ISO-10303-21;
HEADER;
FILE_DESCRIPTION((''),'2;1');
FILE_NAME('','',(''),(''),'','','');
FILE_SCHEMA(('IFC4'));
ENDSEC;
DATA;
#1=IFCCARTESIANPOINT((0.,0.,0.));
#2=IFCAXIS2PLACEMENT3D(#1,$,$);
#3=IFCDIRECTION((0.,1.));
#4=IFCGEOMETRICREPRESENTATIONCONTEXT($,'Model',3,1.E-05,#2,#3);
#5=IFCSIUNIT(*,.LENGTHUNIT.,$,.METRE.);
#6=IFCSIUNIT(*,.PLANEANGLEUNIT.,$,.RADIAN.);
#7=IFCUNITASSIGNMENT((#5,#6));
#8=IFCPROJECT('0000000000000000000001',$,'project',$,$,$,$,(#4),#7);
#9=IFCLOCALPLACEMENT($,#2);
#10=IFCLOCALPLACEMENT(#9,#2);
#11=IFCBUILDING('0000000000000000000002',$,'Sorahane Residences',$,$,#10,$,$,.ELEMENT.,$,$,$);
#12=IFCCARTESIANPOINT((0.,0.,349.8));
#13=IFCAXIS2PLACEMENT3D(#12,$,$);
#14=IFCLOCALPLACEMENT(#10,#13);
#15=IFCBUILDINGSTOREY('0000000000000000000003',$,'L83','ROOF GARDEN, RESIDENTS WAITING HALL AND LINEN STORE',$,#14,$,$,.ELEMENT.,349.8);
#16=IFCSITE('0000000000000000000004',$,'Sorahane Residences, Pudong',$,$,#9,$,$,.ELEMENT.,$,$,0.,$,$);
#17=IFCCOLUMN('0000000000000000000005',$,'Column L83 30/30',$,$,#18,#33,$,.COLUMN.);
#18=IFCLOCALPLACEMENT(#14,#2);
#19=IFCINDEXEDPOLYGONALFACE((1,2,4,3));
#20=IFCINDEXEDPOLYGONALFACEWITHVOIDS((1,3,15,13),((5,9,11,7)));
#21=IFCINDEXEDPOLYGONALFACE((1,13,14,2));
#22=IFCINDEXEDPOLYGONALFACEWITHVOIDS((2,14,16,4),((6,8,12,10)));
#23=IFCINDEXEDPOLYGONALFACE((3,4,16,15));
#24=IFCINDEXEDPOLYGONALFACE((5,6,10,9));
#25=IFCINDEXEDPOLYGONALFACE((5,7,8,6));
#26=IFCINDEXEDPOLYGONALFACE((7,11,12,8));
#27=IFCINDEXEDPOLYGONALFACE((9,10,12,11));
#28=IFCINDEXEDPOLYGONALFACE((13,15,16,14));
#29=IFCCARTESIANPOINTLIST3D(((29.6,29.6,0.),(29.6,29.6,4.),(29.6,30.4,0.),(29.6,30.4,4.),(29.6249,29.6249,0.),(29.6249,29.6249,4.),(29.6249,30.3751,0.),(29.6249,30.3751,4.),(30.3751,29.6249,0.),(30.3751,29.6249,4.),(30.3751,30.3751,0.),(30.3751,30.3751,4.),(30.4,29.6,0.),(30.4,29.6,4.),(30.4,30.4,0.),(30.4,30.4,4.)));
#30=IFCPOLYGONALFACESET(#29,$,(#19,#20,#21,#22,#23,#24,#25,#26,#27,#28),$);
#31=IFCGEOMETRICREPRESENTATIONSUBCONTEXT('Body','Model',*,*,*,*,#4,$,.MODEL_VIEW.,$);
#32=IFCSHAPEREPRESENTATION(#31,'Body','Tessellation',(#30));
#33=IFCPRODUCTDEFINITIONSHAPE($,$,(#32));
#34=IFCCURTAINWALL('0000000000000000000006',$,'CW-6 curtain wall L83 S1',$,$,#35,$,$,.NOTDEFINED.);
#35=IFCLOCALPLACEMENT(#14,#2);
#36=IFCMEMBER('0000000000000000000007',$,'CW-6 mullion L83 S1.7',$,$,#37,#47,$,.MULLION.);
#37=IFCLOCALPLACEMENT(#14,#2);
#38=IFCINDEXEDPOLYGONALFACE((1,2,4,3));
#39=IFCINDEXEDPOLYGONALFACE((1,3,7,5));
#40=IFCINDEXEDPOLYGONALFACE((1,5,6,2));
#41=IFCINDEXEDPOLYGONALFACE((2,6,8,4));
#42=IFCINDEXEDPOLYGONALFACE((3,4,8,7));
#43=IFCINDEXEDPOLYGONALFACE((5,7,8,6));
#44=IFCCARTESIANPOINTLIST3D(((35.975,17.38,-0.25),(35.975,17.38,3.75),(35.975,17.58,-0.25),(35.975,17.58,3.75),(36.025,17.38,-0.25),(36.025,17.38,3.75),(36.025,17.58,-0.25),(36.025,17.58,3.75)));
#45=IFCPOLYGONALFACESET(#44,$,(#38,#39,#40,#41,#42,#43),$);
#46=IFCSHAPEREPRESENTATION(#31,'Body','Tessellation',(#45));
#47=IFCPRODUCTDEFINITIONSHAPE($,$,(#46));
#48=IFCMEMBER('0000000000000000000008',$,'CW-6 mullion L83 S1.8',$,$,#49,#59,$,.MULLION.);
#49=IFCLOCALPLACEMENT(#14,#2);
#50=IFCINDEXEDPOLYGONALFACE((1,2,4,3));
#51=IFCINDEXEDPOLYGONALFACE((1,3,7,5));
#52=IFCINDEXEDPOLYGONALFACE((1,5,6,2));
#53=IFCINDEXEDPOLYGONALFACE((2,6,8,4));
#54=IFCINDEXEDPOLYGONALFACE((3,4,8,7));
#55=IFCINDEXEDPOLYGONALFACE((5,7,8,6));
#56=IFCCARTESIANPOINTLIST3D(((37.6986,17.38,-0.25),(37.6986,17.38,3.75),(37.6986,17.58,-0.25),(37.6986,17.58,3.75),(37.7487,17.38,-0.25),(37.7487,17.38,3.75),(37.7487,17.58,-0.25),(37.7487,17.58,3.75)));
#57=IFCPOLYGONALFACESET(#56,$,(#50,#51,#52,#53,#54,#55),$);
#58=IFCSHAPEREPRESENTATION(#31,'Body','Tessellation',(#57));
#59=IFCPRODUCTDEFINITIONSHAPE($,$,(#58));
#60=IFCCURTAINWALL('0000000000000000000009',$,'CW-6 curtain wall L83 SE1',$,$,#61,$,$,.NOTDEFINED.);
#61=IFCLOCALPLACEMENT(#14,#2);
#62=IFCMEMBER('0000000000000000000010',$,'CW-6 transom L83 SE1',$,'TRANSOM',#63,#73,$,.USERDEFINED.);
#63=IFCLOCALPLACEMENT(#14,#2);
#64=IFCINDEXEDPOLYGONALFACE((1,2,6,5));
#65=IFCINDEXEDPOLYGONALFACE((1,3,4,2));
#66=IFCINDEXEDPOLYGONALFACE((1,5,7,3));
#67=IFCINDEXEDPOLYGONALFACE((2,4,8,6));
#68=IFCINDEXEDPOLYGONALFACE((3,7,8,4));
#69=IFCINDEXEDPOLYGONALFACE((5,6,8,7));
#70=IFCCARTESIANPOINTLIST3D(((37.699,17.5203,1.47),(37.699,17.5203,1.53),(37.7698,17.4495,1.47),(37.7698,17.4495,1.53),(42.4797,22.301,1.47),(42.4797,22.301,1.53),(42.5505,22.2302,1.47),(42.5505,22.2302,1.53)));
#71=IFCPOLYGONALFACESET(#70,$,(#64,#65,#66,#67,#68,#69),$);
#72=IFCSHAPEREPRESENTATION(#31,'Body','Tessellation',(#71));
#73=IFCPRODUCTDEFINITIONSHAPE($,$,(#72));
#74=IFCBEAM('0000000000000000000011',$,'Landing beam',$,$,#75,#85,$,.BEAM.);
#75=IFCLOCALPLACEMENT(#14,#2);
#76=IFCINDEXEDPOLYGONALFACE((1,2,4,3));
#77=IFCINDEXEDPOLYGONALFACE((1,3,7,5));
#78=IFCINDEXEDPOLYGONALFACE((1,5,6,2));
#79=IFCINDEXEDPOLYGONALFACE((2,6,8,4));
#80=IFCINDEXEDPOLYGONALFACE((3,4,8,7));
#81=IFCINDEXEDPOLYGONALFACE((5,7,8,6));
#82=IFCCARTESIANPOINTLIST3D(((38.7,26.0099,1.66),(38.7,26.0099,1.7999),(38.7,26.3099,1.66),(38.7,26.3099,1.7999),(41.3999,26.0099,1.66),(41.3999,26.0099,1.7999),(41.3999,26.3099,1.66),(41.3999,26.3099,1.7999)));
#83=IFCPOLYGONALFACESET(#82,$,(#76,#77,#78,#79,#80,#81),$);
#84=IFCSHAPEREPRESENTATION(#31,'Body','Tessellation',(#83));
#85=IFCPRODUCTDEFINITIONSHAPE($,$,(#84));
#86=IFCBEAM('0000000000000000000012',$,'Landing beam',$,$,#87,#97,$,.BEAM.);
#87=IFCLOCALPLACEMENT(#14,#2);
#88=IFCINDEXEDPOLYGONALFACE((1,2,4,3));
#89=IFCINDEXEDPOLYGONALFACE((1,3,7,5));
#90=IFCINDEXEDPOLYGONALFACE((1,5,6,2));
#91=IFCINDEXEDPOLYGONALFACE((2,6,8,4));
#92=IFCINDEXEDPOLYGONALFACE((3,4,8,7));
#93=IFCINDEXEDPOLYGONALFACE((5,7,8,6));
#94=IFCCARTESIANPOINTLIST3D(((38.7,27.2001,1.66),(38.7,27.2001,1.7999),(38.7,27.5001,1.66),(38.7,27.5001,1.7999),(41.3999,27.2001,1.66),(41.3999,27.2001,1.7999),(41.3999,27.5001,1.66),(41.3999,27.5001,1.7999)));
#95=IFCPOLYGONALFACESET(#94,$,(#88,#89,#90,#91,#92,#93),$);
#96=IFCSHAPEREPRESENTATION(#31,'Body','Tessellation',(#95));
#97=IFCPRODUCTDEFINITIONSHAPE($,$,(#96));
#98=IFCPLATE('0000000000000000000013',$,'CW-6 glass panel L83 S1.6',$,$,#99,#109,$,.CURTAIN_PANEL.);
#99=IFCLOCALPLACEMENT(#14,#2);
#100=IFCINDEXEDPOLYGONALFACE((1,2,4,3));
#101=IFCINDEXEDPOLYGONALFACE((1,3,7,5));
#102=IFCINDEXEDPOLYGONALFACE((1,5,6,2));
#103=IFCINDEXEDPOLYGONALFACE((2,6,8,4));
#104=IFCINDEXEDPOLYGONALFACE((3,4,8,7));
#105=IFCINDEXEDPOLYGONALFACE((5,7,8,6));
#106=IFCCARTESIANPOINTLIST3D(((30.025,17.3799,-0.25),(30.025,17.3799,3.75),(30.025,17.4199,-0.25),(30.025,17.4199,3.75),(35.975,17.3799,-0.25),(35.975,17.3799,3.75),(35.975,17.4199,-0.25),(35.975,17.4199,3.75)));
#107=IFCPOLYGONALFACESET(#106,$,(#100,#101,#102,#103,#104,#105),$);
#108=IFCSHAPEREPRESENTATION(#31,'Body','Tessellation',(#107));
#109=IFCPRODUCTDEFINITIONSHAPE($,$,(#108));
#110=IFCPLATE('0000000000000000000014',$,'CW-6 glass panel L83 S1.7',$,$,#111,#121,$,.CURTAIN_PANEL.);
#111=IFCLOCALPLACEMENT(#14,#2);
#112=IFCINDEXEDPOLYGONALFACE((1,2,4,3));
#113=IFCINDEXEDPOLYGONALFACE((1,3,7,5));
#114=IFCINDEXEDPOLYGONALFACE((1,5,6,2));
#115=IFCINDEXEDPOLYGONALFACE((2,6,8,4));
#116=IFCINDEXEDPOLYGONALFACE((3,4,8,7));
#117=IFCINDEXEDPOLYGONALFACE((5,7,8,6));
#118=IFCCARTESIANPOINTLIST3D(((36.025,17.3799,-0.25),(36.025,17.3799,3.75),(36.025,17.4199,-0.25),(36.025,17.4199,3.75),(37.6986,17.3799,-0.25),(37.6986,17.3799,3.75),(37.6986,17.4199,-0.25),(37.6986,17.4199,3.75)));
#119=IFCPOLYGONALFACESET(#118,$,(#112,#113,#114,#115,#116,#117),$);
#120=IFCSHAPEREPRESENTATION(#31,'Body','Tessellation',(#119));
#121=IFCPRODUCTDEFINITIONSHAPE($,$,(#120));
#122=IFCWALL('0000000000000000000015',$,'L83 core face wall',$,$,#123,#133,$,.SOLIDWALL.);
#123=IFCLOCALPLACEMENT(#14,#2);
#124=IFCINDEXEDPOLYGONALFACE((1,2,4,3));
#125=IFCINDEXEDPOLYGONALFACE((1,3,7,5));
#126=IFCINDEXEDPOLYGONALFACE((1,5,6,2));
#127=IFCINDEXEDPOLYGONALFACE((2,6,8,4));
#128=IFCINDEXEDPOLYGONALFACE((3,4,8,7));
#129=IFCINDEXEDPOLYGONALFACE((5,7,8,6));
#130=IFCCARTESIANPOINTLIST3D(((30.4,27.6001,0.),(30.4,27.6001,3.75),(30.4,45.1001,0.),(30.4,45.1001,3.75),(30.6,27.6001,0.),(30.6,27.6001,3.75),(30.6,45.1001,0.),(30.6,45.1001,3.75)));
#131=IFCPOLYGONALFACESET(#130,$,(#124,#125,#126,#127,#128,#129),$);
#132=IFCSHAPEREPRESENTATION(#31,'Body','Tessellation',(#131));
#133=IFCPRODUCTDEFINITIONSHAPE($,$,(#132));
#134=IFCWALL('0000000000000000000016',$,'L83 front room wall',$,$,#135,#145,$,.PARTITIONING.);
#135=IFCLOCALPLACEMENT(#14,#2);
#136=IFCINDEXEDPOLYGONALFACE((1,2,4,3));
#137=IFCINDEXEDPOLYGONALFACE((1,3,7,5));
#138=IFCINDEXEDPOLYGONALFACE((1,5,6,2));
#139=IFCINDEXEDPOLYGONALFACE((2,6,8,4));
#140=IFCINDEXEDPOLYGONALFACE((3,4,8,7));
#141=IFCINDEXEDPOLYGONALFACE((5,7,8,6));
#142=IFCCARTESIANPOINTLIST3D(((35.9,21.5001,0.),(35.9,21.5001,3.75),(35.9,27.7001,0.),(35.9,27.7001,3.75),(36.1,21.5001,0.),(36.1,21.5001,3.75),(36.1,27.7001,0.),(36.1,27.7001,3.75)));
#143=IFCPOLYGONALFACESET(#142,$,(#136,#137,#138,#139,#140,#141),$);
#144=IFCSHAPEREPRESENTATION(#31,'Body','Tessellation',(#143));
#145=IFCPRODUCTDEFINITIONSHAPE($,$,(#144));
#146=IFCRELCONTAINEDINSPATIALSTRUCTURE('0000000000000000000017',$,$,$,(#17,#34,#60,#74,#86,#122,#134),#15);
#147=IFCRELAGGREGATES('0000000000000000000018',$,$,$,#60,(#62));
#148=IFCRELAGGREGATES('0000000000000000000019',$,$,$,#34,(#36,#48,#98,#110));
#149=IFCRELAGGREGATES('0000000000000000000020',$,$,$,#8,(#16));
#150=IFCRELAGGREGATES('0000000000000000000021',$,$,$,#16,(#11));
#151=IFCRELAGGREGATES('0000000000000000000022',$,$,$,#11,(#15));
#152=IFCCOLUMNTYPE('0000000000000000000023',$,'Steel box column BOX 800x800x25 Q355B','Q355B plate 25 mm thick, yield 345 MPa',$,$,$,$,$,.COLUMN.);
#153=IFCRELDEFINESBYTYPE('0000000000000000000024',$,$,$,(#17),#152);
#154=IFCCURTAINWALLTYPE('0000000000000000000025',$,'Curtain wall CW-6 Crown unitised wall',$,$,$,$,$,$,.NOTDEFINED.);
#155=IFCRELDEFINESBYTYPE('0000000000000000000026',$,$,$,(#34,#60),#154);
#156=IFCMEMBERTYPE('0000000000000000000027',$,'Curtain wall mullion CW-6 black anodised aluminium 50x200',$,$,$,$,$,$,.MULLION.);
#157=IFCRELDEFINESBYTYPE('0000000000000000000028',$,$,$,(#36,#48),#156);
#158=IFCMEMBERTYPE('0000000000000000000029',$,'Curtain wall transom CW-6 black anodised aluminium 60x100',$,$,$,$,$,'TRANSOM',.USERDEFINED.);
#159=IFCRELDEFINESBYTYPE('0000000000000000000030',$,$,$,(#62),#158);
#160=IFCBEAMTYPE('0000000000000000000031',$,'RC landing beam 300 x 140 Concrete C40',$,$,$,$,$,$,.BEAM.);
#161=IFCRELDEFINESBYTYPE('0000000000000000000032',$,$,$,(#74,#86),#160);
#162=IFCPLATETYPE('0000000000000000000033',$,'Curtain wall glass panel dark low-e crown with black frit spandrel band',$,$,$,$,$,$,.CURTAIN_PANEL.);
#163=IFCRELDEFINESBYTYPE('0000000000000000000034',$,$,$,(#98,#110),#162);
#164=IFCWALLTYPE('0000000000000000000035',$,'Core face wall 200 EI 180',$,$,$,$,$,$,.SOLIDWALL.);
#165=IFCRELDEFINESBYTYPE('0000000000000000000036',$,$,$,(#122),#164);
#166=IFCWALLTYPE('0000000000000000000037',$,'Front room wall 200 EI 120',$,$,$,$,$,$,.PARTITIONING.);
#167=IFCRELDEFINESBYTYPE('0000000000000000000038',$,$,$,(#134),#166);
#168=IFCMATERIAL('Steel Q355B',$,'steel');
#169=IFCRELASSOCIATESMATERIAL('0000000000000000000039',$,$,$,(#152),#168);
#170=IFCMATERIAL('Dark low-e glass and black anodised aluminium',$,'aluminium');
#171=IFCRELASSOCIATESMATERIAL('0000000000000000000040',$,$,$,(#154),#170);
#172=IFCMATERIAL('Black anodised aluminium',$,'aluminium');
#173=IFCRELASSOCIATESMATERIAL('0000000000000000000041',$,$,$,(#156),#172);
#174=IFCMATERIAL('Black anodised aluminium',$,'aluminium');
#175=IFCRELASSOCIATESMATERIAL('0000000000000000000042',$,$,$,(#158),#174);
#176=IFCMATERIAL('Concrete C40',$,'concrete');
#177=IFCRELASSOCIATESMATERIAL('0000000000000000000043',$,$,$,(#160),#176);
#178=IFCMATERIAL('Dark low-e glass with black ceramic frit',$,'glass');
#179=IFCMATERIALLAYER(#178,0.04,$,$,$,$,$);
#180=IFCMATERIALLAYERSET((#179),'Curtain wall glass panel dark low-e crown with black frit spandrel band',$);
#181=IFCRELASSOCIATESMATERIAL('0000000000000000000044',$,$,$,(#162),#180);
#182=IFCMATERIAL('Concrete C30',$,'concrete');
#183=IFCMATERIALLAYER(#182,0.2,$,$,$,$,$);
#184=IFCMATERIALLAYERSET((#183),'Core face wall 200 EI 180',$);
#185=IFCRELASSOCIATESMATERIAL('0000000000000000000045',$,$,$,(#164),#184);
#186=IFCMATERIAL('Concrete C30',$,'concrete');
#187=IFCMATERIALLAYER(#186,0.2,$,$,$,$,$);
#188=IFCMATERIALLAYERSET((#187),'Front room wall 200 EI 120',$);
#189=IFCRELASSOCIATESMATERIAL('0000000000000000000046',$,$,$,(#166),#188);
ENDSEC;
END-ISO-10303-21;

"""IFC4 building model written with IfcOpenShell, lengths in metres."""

from ifc_helpers import new_model, si_unit, direction, frame, frame_2d, origin, origin_2d, place, context, subcontext, project, spatial, rectangle, hollow_rectangle, extrude, material, layer, layer_set, material_profile, profile_set, type_object, element, aggregate, save


model = new_model("IFC4")

# Units and contexts
model_context = context("Model", 3, precision=1e-05, world=origin(), true_north=direction((0.0, 1.0)))
body_context = subcontext(model_context, "Body", "Model", "MODEL_VIEW")
ifc_project = project(units=[si_unit("LENGTHUNIT", "METRE"), si_unit("PLANEANGLEUNIT", "RADIAN")], contexts=[model_context])

# Site, building, storey
site_placement = place(None, origin())
site = spatial("IfcSite", under=ifc_project, at=site_placement, Name="Sorahane Residences, Pudong", CompositionType="ELEMENT", RefElevation=0.0)
building_placement = place(site_placement, origin())
building = spatial("IfcBuilding", under=site, at=building_placement, Name="Sorahane Residences", CompositionType="ELEMENT")
storey_placement = place(building_placement, frame((0.0, 0.0, 349.8)))
storey = spatial("IfcBuildingStorey", under=building, at=storey_placement, Name="L83", Description="ROOF GARDEN, RESIDENTS WAITING HALL AND LINEN STORE", CompositionType="ELEMENT", Elevation=349.8)

# Column
ifc_material_1 = material(Name="Steel Q355B", Category="steel")
ifc_material_profile_1 = material_profile(ifc_material_1, hollow_rectangle(XDim=0.8, YDim=0.8, WallThickness=0.0249, at=origin_2d()), Name="BOX 800x800x25")
ifc_profile_set_1 = profile_set([ifc_material_profile_1], Name="Steel Q355B")
column_type = type_object("IfcColumnType", Name="Steel box column BOX 800x800x25 Q355B", Description="Q355B plate 25 mm thick, yield 345 MPa", PredefinedType="COLUMN", material=ifc_profile_set_1)
column_placement = place(storey_placement, frame((30.0, 30.0, 0.0), z_axis=(0.0, 0.0, 1.0), x_axis=(1.0, 0.0, 0.0)))
element("IfcColumn", 1, at=column_placement, inside=storey, type_object=column_type, Name="Column L83 30/30", PredefinedType="COLUMN", context=body_context, shape_type="SweptSolid", body=[
    extrude(hollow_rectangle(XDim=0.8, YDim=0.8, WallThickness=0.0249, at=origin_2d()), origin(), (0.0, 0.0, 1.0), 4.0),
])

# Curtain wall, members
ifc_material_2 = material(Name="Dark low-e glass and black anodised aluminium", Category="aluminium")
curtain_wall_type = type_object("IfcCurtainWallType", Name="Curtain wall CW-6 Crown unitised wall", PredefinedType="NOTDEFINED", material=ifc_material_2)
curtain_wall_1_placement = place(storey_placement, origin())
curtain_wall_1 = element("IfcCurtainWall", 2, at=curtain_wall_1_placement, inside=storey, type_object=curtain_wall_type, Name="CW-6 curtain wall L83 S1", PredefinedType="NOTDEFINED")
ifc_material_3 = material(Name="Black anodised aluminium", Category="aluminium")
ifc_material_profile_2 = material_profile(ifc_material_3, rectangle(XDim=0.2, YDim=0.05, at=origin_2d()), Name="Curtain wall mullion CW-6 black anodised aluminium 50x200")
ifc_profile_set_2 = profile_set([ifc_material_profile_2], Name="Black anodised aluminium")
member_type_1 = type_object("IfcMemberType", Name="Curtain wall mullion CW-6 black anodised aluminium 50x200", PredefinedType="MULLION", material=ifc_profile_set_2)
member_1_placement = place(storey_placement, frame((36.0, 17.48, -0.25), z_axis=(0.0, 0.0, 1.0), x_axis=(0.0, -1.0, 0.0)))
member_1 = element("IfcMember", 3, at=member_1_placement, type_object=member_type_1, Name="CW-6 mullion L83 S1.7", PredefinedType="MULLION", context=body_context, shape_type="SweptSolid", body=[
    extrude(rectangle(XDim=0.2, YDim=0.05, at=origin_2d()), origin(), (0.0, 0.0, 1.0), 4.0),
])
member_2_placement = place(storey_placement, frame((37.7236, 17.48, -0.25), z_axis=(0.0, 0.0, 1.0), x_axis=(0.0, -1.0, 0.0)))
member_2 = element("IfcMember", 4, at=member_2_placement, type_object=member_type_1, Name="CW-6 mullion L83 S1.8", PredefinedType="MULLION", context=body_context, shape_type="SweptSolid", body=[
    extrude(rectangle(XDim=0.2, YDim=0.05, at=origin_2d()), origin(), (0.0, 0.0, 1.0), 4.0),
])

# Curtain wall, member
curtain_wall_2_placement = place(storey_placement, origin())
curtain_wall_2 = element("IfcCurtainWall", 5, at=curtain_wall_2_placement, inside=storey, type_object=curtain_wall_type, Name="CW-6 curtain wall L83 SE1", PredefinedType="NOTDEFINED")
ifc_material_4 = material(Name="Black anodised aluminium", Category="aluminium")
ifc_material_profile_3 = material_profile(ifc_material_4, rectangle(XDim=0.1001, YDim=0.0601, at=origin_2d()), Name="Curtain wall transom CW-6 black anodised aluminium 60x100")
ifc_profile_set_3 = profile_set([ifc_material_profile_3], Name="Black anodised aluminium")
member_type_2 = type_object("IfcMemberType", Name="Curtain wall transom CW-6 black anodised aluminium 60x100", ElementType="TRANSOM", PredefinedType="USERDEFINED", material=ifc_profile_set_3)
member_3_placement = place(storey_placement, frame((37.7344, 17.4849, 1.5), z_axis=(0.707107, 0.707107, 0.0), x_axis=(-0.707107, 0.707107, 0.0)))
member_3 = element("IfcMember", 6, at=member_3_placement, type_object=member_type_2, Name="CW-6 transom L83 SE1", ObjectType="TRANSOM", PredefinedType="USERDEFINED", context=body_context, shape_type="SweptSolid", body=[
    extrude(rectangle(XDim=0.1001, YDim=0.0601, at=origin_2d()), origin(), (0.0, 0.0, 1.0), 6.761),
])
aggregate(curtain_wall_2, [member_3])

# Beams
ifc_material_5 = material(Name="Concrete C40", Category="concrete")
ifc_material_profile_4 = material_profile(ifc_material_5, rectangle(XDim=0.3, YDim=0.1399, at=origin_2d()), Name="300x140")
ifc_profile_set_4 = profile_set([ifc_material_profile_4], Name="Concrete C40")
beam_type = type_object("IfcBeamType", Name="RC landing beam 300 x 140 Concrete C40", PredefinedType="BEAM", material=ifc_profile_set_4)
for number, where, z_axis, x_axis, name in (
    (7, (38.7, 26.1599, 1.73), (1.0, 0.0, 0.0), (0.0, 1.0, 0.0), "Landing beam"),
    (8, (38.7, 27.3501, 1.73), (1.0, 0.0, 0.0), (0.0, 1.0, 0.0), "Landing beam"),
):
    element("IfcBeam", number, at=place(storey_placement, frame(where, z_axis=z_axis, x_axis=x_axis)), inside=storey, type_object=beam_type, Name=name, PredefinedType="BEAM", context=body_context, shape_type="SweptSolid", body=[
        extrude(rectangle(XDim=0.3, YDim=0.1399, at=origin_2d()), origin(), (0.0, 0.0, 1.0), 2.7),
    ])

# Plates
ifc_material_6 = material(Name="Dark low-e glass with black ceramic frit", Category="glass")
ifc_layer_1 = layer(ifc_material_6, 0.04)
ifc_layer_set_1 = layer_set([ifc_layer_1], Name="Curtain wall glass panel dark low-e crown with black frit spandrel band")
plate_type = type_object("IfcPlateType", Name="Curtain wall glass panel dark low-e crown with black frit spandrel band", PredefinedType="CURTAIN_PANEL", material=ifc_layer_set_1)
plate_1_placement = place(storey_placement, frame((33.0, 17.3999, -0.25), z_axis=(0.0, 0.0, 1.0), x_axis=(1.0, 0.0, 0.0)))
plate_1 = element("IfcPlate", 9, at=plate_1_placement, type_object=plate_type, Name="CW-6 glass panel L83 S1.6", PredefinedType="CURTAIN_PANEL", context=body_context, shape_type="SweptSolid", body=[
    extrude(rectangle(XDim=5.95, YDim=0.04, at=origin_2d()), origin(), (0.0, 0.0, 1.0), 4.0),
])
plate_2_placement = place(storey_placement, frame((36.8618, 17.3999, -0.25), z_axis=(0.0, 0.0, 1.0), x_axis=(1.0, 0.0, 0.0)))
plate_2 = element("IfcPlate", 10, at=plate_2_placement, type_object=plate_type, Name="CW-6 glass panel L83 S1.7", PredefinedType="CURTAIN_PANEL", context=body_context, shape_type="SweptSolid", body=[
    extrude(rectangle(XDim=1.6736, YDim=0.04, at=origin_2d()), origin(), (0.0, 0.0, 1.0), 4.0),
])
aggregate(curtain_wall_1, [member_1, member_2, plate_1, plate_2])

# Walls
ifc_material_7 = material(Name="Concrete C30", Category="concrete")
ifc_layer_2 = layer(ifc_material_7, 0.2)
ifc_layer_set_2 = layer_set([ifc_layer_2], Name="Core face wall 200 EI 180")
wall_type_1 = type_object("IfcWallType", Name="Core face wall 200 EI 180", PredefinedType="SOLIDWALL", material=ifc_layer_set_2)
wall_1_placement = place(storey_placement, frame((30.5, 27.6001, 0.0), z_axis=(0.0, 0.0, 1.0), x_axis=(0.0, 1.0, 0.0)))
element("IfcWall", 11, at=wall_1_placement, inside=storey, type_object=wall_type_1, Name="L83 core face wall", PredefinedType="SOLIDWALL", context=body_context, shape_type="SweptSolid", body=[
    extrude(rectangle(XDim=17.5, YDim=0.2, at=frame_2d((8.75, 0.0))), origin(), (0.0, 0.0, 1.0), 3.75),
])
ifc_material_8 = material(Name="Concrete C30", Category="concrete")
ifc_layer_3 = layer(ifc_material_8, 0.2)
ifc_layer_set_3 = layer_set([ifc_layer_3], Name="Front room wall 200 EI 120")
wall_type_2 = type_object("IfcWallType", Name="Front room wall 200 EI 120", PredefinedType="PARTITIONING", material=ifc_layer_set_3)
wall_2_placement = place(storey_placement, frame((36.0, 21.5, 0.0), z_axis=(0.0, 0.0, 1.0), x_axis=(0.0, 1.0, 0.0)))
element("IfcWall", 12, at=wall_2_placement, inside=storey, type_object=wall_type_2, Name="L83 front room wall", PredefinedType="PARTITIONING", context=body_context, shape_type="SweptSolid", body=[
    extrude(rectangle(XDim=6.2, YDim=0.2, at=frame_2d((3.1001, 0.0))), origin(), (0.0, 0.0, 1.0), 3.75),
])

save(model, "model.ifc")
